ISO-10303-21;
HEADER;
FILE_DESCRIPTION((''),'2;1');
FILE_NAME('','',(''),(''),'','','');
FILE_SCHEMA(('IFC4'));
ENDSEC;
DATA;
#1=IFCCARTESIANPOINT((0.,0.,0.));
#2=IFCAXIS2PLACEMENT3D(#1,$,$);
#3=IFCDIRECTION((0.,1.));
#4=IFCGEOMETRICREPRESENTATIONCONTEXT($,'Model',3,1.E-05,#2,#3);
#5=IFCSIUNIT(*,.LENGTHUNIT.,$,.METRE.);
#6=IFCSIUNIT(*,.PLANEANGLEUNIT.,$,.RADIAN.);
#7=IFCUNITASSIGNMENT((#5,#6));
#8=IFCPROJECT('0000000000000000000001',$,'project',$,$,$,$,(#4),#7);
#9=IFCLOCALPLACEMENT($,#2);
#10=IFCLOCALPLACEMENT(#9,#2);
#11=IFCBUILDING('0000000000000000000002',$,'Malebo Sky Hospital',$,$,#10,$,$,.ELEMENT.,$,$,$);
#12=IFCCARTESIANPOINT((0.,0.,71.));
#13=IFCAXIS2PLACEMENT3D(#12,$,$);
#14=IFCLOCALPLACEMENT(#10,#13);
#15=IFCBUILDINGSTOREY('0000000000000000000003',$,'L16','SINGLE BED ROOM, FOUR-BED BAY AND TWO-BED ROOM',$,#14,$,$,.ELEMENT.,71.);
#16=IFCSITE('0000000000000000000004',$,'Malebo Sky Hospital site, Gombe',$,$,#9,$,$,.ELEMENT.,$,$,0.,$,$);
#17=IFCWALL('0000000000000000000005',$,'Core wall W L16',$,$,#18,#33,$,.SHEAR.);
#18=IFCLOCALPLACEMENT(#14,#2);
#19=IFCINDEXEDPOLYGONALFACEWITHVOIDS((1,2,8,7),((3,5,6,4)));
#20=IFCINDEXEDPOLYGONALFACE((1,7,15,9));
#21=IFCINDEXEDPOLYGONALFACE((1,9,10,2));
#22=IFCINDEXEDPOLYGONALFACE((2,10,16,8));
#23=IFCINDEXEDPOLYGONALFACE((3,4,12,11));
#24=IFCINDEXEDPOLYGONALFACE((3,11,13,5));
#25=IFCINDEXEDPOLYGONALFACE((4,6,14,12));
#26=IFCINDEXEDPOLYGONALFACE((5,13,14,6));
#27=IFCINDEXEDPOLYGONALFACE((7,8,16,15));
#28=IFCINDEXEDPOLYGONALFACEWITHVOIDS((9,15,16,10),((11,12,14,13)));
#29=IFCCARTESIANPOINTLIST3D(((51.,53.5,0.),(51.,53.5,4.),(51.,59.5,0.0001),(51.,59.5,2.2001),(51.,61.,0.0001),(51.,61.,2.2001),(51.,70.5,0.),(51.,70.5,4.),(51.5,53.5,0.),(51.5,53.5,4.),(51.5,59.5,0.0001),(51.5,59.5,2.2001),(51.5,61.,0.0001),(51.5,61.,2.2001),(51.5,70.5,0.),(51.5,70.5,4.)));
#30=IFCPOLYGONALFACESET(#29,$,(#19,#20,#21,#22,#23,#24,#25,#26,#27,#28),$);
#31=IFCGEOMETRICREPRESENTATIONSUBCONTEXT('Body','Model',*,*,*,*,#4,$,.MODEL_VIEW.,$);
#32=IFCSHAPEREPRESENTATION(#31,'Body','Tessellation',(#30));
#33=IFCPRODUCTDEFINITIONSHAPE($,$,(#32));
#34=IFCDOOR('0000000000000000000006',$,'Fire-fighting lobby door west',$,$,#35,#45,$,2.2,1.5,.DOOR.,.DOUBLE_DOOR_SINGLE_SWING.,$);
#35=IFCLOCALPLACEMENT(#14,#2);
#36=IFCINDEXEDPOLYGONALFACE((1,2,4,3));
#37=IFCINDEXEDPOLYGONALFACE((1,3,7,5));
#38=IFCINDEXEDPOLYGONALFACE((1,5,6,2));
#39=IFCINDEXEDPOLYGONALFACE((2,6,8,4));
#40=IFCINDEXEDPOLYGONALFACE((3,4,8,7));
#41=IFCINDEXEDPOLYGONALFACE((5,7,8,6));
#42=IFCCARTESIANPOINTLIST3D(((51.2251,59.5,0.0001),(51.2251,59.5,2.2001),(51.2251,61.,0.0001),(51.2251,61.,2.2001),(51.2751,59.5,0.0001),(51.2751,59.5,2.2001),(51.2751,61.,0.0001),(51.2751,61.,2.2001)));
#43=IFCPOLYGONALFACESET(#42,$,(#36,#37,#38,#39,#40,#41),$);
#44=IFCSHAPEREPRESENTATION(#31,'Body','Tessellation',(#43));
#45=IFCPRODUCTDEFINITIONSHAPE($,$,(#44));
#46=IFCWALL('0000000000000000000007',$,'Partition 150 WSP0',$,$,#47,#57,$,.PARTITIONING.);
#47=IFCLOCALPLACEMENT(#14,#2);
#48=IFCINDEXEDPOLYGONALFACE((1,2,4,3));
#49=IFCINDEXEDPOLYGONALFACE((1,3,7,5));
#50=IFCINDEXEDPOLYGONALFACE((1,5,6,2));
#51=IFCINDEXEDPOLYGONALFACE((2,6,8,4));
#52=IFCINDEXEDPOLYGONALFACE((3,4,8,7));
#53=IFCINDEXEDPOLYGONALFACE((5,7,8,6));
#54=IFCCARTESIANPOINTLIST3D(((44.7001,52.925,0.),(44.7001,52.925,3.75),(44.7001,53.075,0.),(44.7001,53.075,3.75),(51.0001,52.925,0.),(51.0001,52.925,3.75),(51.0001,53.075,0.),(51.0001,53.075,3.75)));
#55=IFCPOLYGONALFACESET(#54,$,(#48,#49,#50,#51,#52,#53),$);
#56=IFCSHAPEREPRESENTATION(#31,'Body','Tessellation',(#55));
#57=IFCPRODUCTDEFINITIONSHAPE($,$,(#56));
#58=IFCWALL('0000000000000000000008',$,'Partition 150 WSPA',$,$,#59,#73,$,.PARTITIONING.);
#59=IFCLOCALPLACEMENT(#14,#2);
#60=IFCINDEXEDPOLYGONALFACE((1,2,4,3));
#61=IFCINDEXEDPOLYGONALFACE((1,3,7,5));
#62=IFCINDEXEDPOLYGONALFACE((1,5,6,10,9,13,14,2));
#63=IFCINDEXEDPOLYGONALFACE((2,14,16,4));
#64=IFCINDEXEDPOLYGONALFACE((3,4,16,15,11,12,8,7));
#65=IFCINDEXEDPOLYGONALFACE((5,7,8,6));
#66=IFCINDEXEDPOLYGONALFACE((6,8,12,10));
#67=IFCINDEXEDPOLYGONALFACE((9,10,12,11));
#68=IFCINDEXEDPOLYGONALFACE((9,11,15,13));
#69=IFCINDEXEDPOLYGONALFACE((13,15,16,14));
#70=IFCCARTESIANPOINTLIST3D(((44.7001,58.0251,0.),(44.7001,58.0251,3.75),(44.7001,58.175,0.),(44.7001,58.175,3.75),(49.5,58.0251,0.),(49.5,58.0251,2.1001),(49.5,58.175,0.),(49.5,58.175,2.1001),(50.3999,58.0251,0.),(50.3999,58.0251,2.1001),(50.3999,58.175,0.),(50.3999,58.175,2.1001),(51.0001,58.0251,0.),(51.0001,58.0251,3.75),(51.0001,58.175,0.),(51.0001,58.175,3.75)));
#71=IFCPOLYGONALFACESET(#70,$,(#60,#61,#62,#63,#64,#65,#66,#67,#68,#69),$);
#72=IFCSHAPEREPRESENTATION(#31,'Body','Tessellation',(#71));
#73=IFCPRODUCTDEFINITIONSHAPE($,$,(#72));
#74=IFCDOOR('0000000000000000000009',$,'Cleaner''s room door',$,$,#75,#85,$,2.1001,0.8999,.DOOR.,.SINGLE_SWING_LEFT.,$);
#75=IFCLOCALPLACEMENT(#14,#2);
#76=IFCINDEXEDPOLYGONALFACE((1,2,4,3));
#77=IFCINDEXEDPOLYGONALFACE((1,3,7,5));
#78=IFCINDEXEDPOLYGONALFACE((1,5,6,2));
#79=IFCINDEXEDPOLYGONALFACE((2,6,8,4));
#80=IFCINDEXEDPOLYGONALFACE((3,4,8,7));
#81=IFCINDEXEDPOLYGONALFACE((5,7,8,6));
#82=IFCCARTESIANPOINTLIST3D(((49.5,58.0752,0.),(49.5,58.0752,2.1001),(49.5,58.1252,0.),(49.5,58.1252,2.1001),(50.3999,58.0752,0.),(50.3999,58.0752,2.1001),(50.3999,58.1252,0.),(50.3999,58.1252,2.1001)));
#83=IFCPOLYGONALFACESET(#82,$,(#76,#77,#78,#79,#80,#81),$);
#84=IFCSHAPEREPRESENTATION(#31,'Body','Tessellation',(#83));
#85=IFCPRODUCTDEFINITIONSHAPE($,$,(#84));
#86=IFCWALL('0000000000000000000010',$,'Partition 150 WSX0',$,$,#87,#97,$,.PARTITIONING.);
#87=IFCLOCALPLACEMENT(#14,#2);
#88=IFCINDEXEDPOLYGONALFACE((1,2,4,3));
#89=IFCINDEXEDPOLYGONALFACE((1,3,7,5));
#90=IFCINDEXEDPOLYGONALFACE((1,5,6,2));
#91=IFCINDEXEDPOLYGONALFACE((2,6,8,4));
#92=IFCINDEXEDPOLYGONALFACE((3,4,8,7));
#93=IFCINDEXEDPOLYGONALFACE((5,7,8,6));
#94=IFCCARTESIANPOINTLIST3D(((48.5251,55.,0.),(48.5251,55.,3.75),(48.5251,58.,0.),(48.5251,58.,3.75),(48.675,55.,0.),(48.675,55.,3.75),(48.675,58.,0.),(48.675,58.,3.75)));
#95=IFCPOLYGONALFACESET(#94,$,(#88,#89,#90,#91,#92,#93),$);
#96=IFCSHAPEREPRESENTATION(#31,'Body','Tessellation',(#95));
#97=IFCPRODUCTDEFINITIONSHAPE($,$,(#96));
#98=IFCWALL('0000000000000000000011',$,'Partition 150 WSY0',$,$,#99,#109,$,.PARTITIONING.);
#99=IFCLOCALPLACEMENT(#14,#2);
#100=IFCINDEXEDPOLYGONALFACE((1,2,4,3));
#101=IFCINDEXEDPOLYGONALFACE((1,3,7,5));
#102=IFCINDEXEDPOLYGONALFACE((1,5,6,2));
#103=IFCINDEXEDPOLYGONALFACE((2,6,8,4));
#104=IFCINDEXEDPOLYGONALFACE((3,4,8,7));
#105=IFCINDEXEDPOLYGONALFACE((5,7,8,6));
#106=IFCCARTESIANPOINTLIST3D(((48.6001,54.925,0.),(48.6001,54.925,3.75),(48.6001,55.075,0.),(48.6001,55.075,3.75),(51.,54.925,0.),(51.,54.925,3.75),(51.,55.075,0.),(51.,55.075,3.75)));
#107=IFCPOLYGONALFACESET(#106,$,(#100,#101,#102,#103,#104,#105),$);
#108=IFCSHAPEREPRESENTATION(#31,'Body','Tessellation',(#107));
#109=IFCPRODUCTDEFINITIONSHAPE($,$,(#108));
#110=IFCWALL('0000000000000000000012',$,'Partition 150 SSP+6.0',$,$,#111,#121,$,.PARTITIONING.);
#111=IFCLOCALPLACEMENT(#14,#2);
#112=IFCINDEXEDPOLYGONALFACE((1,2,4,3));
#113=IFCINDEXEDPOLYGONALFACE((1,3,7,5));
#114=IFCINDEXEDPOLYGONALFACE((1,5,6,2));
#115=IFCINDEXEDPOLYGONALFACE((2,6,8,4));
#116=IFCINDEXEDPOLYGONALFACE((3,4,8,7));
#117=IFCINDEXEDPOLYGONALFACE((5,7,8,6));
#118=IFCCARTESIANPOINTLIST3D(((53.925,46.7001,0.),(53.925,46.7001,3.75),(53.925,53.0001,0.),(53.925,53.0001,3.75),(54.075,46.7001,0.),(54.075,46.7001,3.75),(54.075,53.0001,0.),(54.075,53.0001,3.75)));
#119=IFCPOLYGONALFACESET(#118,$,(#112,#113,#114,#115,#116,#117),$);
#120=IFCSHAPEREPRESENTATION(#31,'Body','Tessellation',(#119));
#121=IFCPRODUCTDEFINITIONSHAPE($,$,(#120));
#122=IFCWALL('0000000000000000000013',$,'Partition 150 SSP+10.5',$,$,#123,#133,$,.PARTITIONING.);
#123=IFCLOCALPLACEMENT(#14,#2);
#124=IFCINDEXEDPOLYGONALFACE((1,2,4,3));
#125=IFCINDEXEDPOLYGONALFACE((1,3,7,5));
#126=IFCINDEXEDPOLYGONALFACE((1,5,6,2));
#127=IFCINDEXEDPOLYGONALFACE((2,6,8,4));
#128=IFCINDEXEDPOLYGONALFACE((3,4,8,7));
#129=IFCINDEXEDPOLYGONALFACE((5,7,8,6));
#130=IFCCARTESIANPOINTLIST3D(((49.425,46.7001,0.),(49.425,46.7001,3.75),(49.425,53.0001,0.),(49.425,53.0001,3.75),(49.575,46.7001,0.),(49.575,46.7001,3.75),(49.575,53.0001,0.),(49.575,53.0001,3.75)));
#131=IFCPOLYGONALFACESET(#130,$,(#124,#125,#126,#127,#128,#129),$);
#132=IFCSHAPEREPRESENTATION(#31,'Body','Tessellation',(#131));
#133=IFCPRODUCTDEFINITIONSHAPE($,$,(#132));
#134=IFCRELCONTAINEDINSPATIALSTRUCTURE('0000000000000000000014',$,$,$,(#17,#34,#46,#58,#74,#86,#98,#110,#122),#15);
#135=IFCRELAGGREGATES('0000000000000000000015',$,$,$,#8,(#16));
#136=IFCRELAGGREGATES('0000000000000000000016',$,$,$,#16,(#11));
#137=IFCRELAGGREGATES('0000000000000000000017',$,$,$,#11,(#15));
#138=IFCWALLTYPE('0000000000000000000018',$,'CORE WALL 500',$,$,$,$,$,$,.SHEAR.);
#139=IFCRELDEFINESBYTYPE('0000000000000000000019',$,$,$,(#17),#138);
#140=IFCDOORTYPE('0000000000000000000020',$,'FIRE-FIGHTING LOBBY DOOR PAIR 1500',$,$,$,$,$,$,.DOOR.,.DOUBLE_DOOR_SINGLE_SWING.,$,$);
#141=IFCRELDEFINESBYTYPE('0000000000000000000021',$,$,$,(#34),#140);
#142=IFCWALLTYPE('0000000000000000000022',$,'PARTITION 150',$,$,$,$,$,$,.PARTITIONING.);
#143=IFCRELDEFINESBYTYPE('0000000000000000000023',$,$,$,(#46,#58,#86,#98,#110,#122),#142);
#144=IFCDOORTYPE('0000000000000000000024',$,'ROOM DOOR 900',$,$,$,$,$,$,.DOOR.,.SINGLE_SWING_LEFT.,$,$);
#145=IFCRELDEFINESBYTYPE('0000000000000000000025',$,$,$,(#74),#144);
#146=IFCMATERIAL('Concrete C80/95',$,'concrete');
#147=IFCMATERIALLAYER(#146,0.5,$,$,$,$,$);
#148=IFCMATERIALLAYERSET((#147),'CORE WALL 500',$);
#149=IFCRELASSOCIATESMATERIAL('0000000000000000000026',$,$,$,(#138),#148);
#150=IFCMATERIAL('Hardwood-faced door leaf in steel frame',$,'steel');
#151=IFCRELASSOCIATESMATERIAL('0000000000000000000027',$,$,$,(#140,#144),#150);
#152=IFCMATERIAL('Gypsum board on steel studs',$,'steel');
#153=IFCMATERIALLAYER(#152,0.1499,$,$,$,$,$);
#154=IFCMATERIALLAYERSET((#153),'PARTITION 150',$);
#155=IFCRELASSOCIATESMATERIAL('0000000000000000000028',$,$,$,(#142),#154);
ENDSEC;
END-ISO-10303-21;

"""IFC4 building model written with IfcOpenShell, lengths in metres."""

from ifc_helpers import new_model, si_unit, direction, frame, frame_2d, origin, place, context, subcontext, project, spatial, rectangle, extrude, material, layer, layer_set, type_object, element, fill, save


model = new_model("IFC4")

# Units and contexts
model_context = context("Model", 3, precision=1e-05, world=origin(), true_north=direction((0.0, 1.0)))
body_context = subcontext(model_context, "Body", "Model", "MODEL_VIEW")
ifc_project = project(units=[si_unit("LENGTHUNIT", "METRE"), si_unit("PLANEANGLEUNIT", "RADIAN")], contexts=[model_context])

# Site, building, storey
site_placement = place(None, origin())
site = spatial("IfcSite", under=ifc_project, at=site_placement, Name="Malebo Sky Hospital site, Gombe", CompositionType="ELEMENT", RefElevation=0.0)
building_placement = place(site_placement, origin())
building = spatial("IfcBuilding", under=site, at=building_placement, Name="Malebo Sky Hospital", CompositionType="ELEMENT")
storey_placement = place(building_placement, frame((0.0, 0.0, 71.0)))
storey = spatial("IfcBuildingStorey", under=building, at=storey_placement, Name="L16", Description="SINGLE BED ROOM, FOUR-BED BAY AND TWO-BED ROOM", CompositionType="ELEMENT", Elevation=71.0)

# Shared definitions
ifc_material_1 = material(Name="Concrete C80/95", Category="concrete")

# Wall, opening, door
ifc_layer_1 = layer(ifc_material_1, 0.5)
ifc_layer_set_1 = layer_set([ifc_layer_1], Name="CORE WALL 500")
wall_type_1 = type_object("IfcWallType", Name="CORE WALL 500", PredefinedType="SHEAR", material=ifc_layer_set_1)
ifc_material_2 = material(Name="Hardwood-faced door leaf in steel frame", Category="steel")
wall_1_placement = place(storey_placement, frame((51.25, 53.5, 0.0), z_axis=(0.0, 0.0, 1.0), x_axis=(0.0, 1.0, 0.0)))
wall_1 = element("IfcWall", 1, at=wall_1_placement, inside=storey, type_object=wall_type_1, Name="Core wall W L16", PredefinedType="SHEAR", context=body_context, shape_type="SweptSolid", body=[
    extrude(rectangle(XDim=17.0, YDim=0.5, at=frame_2d((8.5, 0.0))), origin(), (0.0, 0.0, 1.0), 4.0),
])
opening_1_placement = place(wall_1_placement, frame((6.0, 0.0, 0.0)))
opening_1 = element("IfcOpeningElement", 2, at=opening_1_placement, cuts=wall_1, PredefinedType="OPENING", context=body_context, shape_type="SweptSolid", body=[
    extrude(rectangle(XDim=1.5, YDim=2.2, at=frame_2d((0.75, 1.1001))), frame((0.0, 0.26, 0.0), z_axis=(0.0, -1.0, 0.0), x_axis=(1.0, 0.0, 0.0)), (0.0, 0.0, 1.0), 0.52),
])
door_type_1 = type_object("IfcDoorType", Name="FIRE-FIGHTING LOBBY DOOR PAIR 1500", OperationType="DOUBLE_DOOR_SINGLE_SWING", PredefinedType="DOOR", material=ifc_material_2)
door_1_placement = place(opening_1_placement, origin())
door_1 = element("IfcDoor", 3, at=door_1_placement, inside=storey, type_object=door_type_1, Name="Fire-fighting lobby door west", OperationType="DOUBLE_DOOR_SINGLE_SWING", OverallHeight=2.2, OverallWidth=1.5, PredefinedType="DOOR", context=body_context, shape_type="SweptSolid", body=[
    extrude(rectangle(XDim=1.5, YDim=2.2, at=frame_2d((0.75, 1.1001))), frame((0.0, 0.0249, 0.0), z_axis=(0.0, -1.0, 0.0), x_axis=(1.0, 0.0, 0.0)), (0.0, 0.0, 1.0), 0.05),
])
fill(opening_1, door_1)

# Wall
ifc_material_3 = material(Name="Gypsum board on steel studs", Category="steel")
ifc_layer_2 = layer(ifc_material_3, 0.1499)
ifc_layer_set_2 = layer_set([ifc_layer_2], Name="PARTITION 150")
wall_type_2 = type_object("IfcWallType", Name="PARTITION 150", PredefinedType="PARTITIONING", material=ifc_layer_set_2)
wall_2_placement = place(storey_placement, frame((51.0, 53.0, 0.0), z_axis=(0.0, 0.0, 1.0), x_axis=(-1.0, 0.0, 0.0)))
element("IfcWall", 4, at=wall_2_placement, inside=storey, type_object=wall_type_2, Name="Partition 150 WSP0", PredefinedType="PARTITIONING", context=body_context, shape_type="SweptSolid", body=[
    extrude(rectangle(XDim=6.3, YDim=0.1499, at=frame_2d((3.1499, 0.0))), origin(), (0.0, 0.0, 1.0), 3.75),
])

# Wall, opening, door
wall_3_placement = place(storey_placement, frame((51.0, 58.1001, 0.0), z_axis=(0.0, 0.0, 1.0), x_axis=(-1.0, 0.0, 0.0)))
wall_3 = element("IfcWall", 5, at=wall_3_placement, inside=storey, type_object=wall_type_2, Name="Partition 150 WSPA", PredefinedType="PARTITIONING", context=body_context, shape_type="SweptSolid", body=[
    extrude(rectangle(XDim=6.3, YDim=0.1499, at=frame_2d((3.1499, 0.0))), origin(), (0.0, 0.0, 1.0), 3.75),
])
opening_2_placement = place(wall_3_placement, frame((0.6001, 0.0, 0.0)))
opening_2 = element("IfcOpeningElement", 6, at=opening_2_placement, cuts=wall_3, PredefinedType="OPENING", context=body_context, shape_type="SweptSolid", body=[
    extrude(rectangle(XDim=0.8999, YDim=2.1001, at=frame_2d((0.45, 1.05))), frame((0.0, 0.085, 0.0), z_axis=(0.0, -1.0, 0.0), x_axis=(1.0, 0.0, 0.0)), (0.0, 0.0, 1.0), 0.1699),
])
door_type_2 = type_object("IfcDoorType", Name="ROOM DOOR 900", OperationType="SINGLE_SWING_LEFT", PredefinedType="DOOR", material=ifc_material_2)
door_2_placement = place(opening_2_placement, origin())
door_2 = element("IfcDoor", 7, at=door_2_placement, inside=storey, type_object=door_type_2, Name="Cleaner's room door", OperationType="SINGLE_SWING_LEFT", OverallHeight=2.1001, OverallWidth=0.8999, PredefinedType="DOOR", context=body_context, shape_type="SweptSolid", body=[
    extrude(rectangle(XDim=0.8999, YDim=2.1001, at=frame_2d((0.45, 1.05))), frame((0.0, 0.0249, 0.0), z_axis=(0.0, -1.0, 0.0), x_axis=(1.0, 0.0, 0.0)), (0.0, 0.0, 1.0), 0.05),
])
fill(opening_2, door_2)

# Walls
wall_4_placement = place(storey_placement, frame((48.6001, 55.0, 0.0), z_axis=(0.0, 0.0, 1.0), x_axis=(0.0, 1.0, 0.0)))
element("IfcWall", 8, at=wall_4_placement, inside=storey, type_object=wall_type_2, Name="Partition 150 WSX0", PredefinedType="PARTITIONING", context=body_context, shape_type="SweptSolid", body=[
    extrude(rectangle(XDim=3.0, YDim=0.1499, at=frame_2d((1.5, 0.0))), origin(), (0.0, 0.0, 1.0), 3.75),
])
wall_5_placement = place(storey_placement, frame((51.0, 55.0, 0.0), z_axis=(0.0, 0.0, 1.0), x_axis=(-1.0, 0.0, 0.0)))
element("IfcWall", 9, at=wall_5_placement, inside=storey, type_object=wall_type_2, Name="Partition 150 WSY0", PredefinedType="PARTITIONING", context=body_context, shape_type="SweptSolid", body=[
    extrude(rectangle(XDim=2.3999, YDim=0.1499, at=frame_2d((1.2, 0.0))), origin(), (0.0, 0.0, 1.0), 3.75),
])
for number, where, z_axis, x_axis, name in (
    (10, (54.0, 53.0, 0.0), (0.0, 0.0, 1.0), (0.0, -1.0, 0.0), "Partition 150 SSP+6.0"),
    (11, (49.5, 53.0, 0.0), (0.0, 0.0, 1.0), (0.0, -1.0, 0.0), "Partition 150 SSP+10.5"),
):
    element("IfcWall", number, at=place(storey_placement, frame(where, z_axis=z_axis, x_axis=x_axis)), inside=storey, type_object=wall_type_2, Name=name, PredefinedType="PARTITIONING", context=body_context, shape_type="SweptSolid", body=[
        extrude(rectangle(XDim=6.3, YDim=0.1499, at=frame_2d((3.1499, 0.0))), origin(), (0.0, 0.0, 1.0), 3.75),
    ])

save(model, "model.ifc")
